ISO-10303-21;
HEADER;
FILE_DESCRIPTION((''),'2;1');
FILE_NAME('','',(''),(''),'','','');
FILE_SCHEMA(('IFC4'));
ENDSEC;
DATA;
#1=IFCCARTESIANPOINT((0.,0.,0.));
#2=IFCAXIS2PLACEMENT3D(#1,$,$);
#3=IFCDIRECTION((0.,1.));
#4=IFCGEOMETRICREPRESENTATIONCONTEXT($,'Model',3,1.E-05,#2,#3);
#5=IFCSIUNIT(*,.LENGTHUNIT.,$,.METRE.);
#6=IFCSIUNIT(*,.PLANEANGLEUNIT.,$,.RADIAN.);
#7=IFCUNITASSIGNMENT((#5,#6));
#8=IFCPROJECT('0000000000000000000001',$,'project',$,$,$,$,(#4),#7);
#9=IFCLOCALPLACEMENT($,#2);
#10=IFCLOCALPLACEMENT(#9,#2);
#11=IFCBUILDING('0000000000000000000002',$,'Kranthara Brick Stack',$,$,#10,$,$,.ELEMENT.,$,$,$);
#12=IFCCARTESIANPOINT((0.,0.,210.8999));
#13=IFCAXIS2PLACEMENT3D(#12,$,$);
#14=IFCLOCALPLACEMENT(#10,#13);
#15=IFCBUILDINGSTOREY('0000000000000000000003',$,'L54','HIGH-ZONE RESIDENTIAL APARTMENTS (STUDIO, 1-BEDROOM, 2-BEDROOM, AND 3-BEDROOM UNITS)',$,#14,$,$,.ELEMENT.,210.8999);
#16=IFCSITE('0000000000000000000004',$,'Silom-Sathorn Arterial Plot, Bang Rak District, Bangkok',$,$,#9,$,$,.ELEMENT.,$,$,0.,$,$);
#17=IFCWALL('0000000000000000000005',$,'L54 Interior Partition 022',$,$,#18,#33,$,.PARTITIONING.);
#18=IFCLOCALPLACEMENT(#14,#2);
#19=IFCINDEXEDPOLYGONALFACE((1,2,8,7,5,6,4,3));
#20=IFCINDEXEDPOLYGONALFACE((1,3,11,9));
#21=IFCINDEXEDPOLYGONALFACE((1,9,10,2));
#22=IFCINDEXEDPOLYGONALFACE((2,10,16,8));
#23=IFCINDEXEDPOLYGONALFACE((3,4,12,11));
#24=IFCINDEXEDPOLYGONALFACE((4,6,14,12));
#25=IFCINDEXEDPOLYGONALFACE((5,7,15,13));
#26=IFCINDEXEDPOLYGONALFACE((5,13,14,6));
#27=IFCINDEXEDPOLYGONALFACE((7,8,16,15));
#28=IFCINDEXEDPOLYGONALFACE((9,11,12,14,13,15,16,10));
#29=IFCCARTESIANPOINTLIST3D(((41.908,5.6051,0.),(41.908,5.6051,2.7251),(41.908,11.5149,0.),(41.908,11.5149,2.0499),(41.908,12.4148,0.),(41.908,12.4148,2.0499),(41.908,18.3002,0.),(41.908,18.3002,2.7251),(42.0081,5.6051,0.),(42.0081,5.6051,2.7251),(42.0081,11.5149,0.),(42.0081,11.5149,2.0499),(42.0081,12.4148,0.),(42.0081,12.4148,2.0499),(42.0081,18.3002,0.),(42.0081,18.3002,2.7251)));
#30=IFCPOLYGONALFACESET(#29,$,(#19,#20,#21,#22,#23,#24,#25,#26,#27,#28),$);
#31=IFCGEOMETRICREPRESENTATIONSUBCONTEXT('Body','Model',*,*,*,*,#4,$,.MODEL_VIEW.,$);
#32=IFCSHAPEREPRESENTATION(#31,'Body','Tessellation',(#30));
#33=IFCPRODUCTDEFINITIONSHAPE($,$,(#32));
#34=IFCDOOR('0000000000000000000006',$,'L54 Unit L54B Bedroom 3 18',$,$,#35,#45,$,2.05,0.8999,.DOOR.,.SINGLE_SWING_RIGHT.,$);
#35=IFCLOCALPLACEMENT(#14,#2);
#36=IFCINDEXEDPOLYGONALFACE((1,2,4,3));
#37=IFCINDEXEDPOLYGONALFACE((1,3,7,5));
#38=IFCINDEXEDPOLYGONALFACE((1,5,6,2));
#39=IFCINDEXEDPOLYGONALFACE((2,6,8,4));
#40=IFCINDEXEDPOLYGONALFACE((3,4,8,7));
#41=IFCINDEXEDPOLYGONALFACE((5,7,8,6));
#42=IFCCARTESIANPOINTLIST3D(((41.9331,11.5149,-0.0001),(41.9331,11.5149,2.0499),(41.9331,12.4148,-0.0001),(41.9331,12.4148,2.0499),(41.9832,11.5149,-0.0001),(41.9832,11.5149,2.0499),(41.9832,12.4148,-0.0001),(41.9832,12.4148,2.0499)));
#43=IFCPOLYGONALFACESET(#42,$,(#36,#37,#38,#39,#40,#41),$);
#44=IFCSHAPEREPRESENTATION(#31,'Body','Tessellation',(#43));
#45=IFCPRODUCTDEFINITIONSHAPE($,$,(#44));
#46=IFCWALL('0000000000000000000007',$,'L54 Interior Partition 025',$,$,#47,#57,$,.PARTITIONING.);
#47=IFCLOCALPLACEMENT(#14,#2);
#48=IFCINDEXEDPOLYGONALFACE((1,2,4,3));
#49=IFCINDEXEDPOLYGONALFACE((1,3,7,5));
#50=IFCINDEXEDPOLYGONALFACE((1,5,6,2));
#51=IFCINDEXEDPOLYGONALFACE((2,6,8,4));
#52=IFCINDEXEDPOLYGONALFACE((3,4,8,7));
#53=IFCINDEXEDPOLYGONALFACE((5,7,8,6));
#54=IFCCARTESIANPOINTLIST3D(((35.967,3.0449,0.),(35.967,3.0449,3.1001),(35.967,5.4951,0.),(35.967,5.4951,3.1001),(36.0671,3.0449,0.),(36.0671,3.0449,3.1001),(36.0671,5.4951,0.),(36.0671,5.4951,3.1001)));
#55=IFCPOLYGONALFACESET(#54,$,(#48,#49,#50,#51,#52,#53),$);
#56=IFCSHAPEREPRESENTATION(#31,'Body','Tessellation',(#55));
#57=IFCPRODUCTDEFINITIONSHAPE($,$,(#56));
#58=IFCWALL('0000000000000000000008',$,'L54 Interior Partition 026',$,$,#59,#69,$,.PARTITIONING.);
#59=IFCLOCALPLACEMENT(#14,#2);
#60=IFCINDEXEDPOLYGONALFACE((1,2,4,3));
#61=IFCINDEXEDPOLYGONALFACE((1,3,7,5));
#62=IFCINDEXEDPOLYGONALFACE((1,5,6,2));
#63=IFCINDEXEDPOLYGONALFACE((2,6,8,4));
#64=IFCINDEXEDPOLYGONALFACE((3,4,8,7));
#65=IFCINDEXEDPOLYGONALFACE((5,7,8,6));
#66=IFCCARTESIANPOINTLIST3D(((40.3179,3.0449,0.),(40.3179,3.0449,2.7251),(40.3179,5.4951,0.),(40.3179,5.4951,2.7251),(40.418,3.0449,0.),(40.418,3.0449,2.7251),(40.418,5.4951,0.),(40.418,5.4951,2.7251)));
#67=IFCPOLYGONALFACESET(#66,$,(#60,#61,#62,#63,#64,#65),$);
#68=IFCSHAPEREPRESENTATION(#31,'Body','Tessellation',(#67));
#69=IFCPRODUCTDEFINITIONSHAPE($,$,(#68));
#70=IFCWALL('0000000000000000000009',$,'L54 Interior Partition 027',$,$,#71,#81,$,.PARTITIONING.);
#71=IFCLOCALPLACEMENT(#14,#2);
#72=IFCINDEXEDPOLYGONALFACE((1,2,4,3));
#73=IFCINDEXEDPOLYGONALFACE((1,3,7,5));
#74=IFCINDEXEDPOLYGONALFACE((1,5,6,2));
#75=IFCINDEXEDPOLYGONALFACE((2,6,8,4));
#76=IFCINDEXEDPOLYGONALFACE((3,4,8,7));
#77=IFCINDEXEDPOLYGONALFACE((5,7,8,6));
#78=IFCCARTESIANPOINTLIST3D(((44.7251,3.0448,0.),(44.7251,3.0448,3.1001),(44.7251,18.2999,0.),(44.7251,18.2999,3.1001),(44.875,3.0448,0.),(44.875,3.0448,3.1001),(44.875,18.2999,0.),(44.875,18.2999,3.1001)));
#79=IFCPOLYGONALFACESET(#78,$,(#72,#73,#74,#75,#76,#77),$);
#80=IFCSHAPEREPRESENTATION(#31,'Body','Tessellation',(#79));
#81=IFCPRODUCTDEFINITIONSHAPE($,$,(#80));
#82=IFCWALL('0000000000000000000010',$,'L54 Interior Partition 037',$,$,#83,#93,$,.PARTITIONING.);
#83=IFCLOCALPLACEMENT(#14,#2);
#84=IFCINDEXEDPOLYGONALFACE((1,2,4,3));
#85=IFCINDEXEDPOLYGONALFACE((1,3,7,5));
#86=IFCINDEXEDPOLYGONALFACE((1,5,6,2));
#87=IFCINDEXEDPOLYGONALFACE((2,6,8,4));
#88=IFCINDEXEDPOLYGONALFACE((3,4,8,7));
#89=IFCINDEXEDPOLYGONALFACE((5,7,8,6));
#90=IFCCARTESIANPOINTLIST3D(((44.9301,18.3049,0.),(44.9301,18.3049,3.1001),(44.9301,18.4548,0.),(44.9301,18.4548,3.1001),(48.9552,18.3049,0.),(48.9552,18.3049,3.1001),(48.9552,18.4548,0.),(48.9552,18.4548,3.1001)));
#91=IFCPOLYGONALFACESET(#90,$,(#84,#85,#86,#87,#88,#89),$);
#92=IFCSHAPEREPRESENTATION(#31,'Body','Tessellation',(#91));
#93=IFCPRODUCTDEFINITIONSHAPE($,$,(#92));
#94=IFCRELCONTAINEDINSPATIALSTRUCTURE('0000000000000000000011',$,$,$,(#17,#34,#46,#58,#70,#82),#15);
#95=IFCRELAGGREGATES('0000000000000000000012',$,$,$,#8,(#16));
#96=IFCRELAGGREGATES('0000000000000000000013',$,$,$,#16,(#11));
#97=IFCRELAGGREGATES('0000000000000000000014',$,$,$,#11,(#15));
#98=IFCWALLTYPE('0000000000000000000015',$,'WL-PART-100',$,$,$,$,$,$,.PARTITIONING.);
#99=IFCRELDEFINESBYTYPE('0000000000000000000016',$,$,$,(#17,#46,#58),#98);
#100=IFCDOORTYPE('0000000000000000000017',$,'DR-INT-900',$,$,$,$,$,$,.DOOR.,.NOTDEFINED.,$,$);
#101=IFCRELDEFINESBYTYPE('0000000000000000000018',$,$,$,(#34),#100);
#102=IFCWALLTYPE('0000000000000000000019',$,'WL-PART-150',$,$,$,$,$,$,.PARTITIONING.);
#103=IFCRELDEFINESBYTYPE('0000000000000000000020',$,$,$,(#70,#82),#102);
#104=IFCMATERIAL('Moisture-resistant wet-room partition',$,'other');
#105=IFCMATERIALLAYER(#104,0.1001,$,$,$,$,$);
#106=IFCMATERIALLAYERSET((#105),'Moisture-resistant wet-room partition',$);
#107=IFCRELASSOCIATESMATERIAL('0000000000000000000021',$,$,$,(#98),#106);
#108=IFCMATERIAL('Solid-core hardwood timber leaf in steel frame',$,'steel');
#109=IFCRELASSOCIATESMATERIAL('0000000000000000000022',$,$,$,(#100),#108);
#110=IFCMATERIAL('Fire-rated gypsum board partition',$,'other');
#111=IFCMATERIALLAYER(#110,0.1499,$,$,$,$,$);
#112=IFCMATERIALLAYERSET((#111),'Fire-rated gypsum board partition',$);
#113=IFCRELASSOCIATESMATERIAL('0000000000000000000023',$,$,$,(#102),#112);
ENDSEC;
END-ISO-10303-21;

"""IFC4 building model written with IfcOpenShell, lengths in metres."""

from ifc_helpers import new_model, si_unit, direction, frame, frame_2d, origin, place, context, subcontext, project, spatial, rectangle, extrude, material, layer, layer_set, type_object, element, fill, save


model = new_model("IFC4")

# Units and contexts
model_context = context("Model", 3, precision=1e-05, world=origin(), true_north=direction((0.0, 1.0)))
body_context = subcontext(model_context, "Body", "Model", "MODEL_VIEW")
ifc_project = project(units=[si_unit("LENGTHUNIT", "METRE"), si_unit("PLANEANGLEUNIT", "RADIAN")], contexts=[model_context])

# Site, building, storey
site_placement = place(None, origin())
site = spatial("IfcSite", under=ifc_project, at=site_placement, Name="Silom-Sathorn Arterial Plot, Bang Rak District, Bangkok", CompositionType="ELEMENT", RefElevation=0.0)
building_placement = place(site_placement, origin())
building = spatial("IfcBuilding", under=site, at=building_placement, Name="Kranthara Brick Stack", CompositionType="ELEMENT")
storey_placement = place(building_placement, frame((0.0, 0.0, 210.8999)))
storey = spatial("IfcBuildingStorey", under=building, at=storey_placement, Name="L54", Description="HIGH-ZONE RESIDENTIAL APARTMENTS (STUDIO, 1-BEDROOM, 2-BEDROOM, AND 3-BEDROOM UNITS)", CompositionType="ELEMENT", Elevation=210.8999)

# Wall, opening, door
ifc_material_1 = material(Name="Moisture-resistant wet-room partition", Category="other")
ifc_layer_1 = layer(ifc_material_1, 0.1001)
ifc_layer_set_1 = layer_set([ifc_layer_1], Name="Moisture-resistant wet-room partition")
wall_type_1 = type_object("IfcWallType", Name="WL-PART-100", PredefinedType="PARTITIONING", material=ifc_layer_set_1)
wall_1_placement = place(storey_placement, frame((41.958, 5.605, 0.0), z_axis=(0.0, 0.0, 1.0), x_axis=(0.0, 1.0, 0.0)))
wall_1 = element("IfcWall", 1, at=wall_1_placement, inside=storey, type_object=wall_type_1, Name="L54 Interior Partition 022", PredefinedType="PARTITIONING", context=body_context, shape_type="SweptSolid", body=[
    extrude(rectangle(XDim=12.6951, YDim=0.1001, at=frame_2d((6.3477, 0.0))), origin(), (0.0, 0.0, 1.0), 2.7251),
])
opening_1_placement = place(wall_1_placement, frame((5.9099, 0.0, 0.0)))
opening_1 = element("IfcOpeningElement", 2, at=opening_1_placement, cuts=wall_1, PredefinedType="OPENING", context=body_context, shape_type="SweptSolid", body=[
    extrude(rectangle(XDim=0.8999, YDim=2.05, at=frame_2d((0.45, 1.0249))), frame((0.0, 0.0601, 0.0), z_axis=(0.0, -1.0, 0.0), x_axis=(1.0, 0.0, 0.0)), (0.0, 0.0, 1.0), 0.1201),
])
ifc_material_2 = material(Name="Solid-core hardwood timber leaf in steel frame", Category="steel")
door_type_1 = type_object("IfcDoorType", Name="DR-INT-900", OperationType="NOTDEFINED", PredefinedType="DOOR", material=ifc_material_2)
door_1_placement = place(opening_1_placement, origin())
door_1 = element("IfcDoor", 3, at=door_1_placement, inside=storey, type_object=door_type_1, Name="L54 Unit L54B Bedroom 3 18", OperationType="SINGLE_SWING_RIGHT", OverallHeight=2.05, OverallWidth=0.8999, PredefinedType="DOOR", context=body_context, shape_type="SweptSolid", body=[
    extrude(rectangle(XDim=0.8999, YDim=2.05, at=frame_2d((0.45, 1.0249))), frame((0.0, 0.0249, 0.0), z_axis=(0.0, -1.0, 0.0), x_axis=(1.0, 0.0, 0.0)), (0.0, 0.0, 1.0), 0.05),
])
fill(opening_1, door_1)

# Walls
wall_2_placement = place(storey_placement, frame((36.0171, 3.0449, 0.0), z_axis=(0.0, 0.0, 1.0), x_axis=(0.0, 1.0, 0.0)))
element("IfcWall", 4, at=wall_2_placement, inside=storey, type_object=wall_type_1, Name="L54 Interior Partition 025", PredefinedType="PARTITIONING", context=body_context, shape_type="SweptSolid", body=[
    extrude(rectangle(XDim=2.4502, YDim=0.1001, at=frame_2d((1.2251, 0.0))), origin(), (0.0, 0.0, 1.0), 3.1001),
])
wall_3_placement = place(storey_placement, frame((40.3679, 3.0449, 0.0), z_axis=(0.0, 0.0, 1.0), x_axis=(0.0, 1.0, 0.0)))
element("IfcWall", 5, at=wall_3_placement, inside=storey, type_object=wall_type_1, Name="L54 Interior Partition 026", PredefinedType="PARTITIONING", context=body_context, shape_type="SweptSolid", body=[
    extrude(rectangle(XDim=2.4502, YDim=0.1001, at=frame_2d((1.2251, 0.0))), origin(), (0.0, 0.0, 1.0), 2.7251),
])
ifc_material_3 = material(Name="Fire-rated gypsum board partition", Category="other")
ifc_layer_2 = layer(ifc_material_3, 0.1499)
ifc_layer_set_2 = layer_set([ifc_layer_2], Name="Fire-rated gypsum board partition")
wall_type_2 = type_object("IfcWallType", Name="WL-PART-150", PredefinedType="PARTITIONING", material=ifc_layer_set_2)
wall_4_placement = place(storey_placement, frame((44.8, 3.0449, 0.0), z_axis=(0.0, 0.0, 1.0), x_axis=(0.0, 1.0, 0.0)))
element("IfcWall", 6, at=wall_4_placement, inside=storey, type_object=wall_type_2, Name="L54 Interior Partition 027", PredefinedType="PARTITIONING", context=body_context, shape_type="SweptSolid", body=[
    extrude(rectangle(XDim=15.2551, YDim=0.1499, at=frame_2d((7.6274, 0.0))), origin(), (0.0, 0.0, 1.0), 3.1001),
])
wall_5_placement = place(storey_placement, frame((44.9299, 18.3799, 0.0), z_axis=(0.0, 0.0, 1.0), x_axis=(1.0, 0.0, 0.0)))
element("IfcWall", 7, at=wall_5_placement, inside=storey, type_object=wall_type_2, Name="L54 Interior Partition 037", PredefinedType="PARTITIONING", context=body_context, shape_type="SweptSolid", body=[
    extrude(rectangle(XDim=4.0251, YDim=0.1499, at=frame_2d((2.0127, 0.0))), origin(), (0.0, 0.0, 1.0), 3.1001),
])

save(model, "model.ifc")
